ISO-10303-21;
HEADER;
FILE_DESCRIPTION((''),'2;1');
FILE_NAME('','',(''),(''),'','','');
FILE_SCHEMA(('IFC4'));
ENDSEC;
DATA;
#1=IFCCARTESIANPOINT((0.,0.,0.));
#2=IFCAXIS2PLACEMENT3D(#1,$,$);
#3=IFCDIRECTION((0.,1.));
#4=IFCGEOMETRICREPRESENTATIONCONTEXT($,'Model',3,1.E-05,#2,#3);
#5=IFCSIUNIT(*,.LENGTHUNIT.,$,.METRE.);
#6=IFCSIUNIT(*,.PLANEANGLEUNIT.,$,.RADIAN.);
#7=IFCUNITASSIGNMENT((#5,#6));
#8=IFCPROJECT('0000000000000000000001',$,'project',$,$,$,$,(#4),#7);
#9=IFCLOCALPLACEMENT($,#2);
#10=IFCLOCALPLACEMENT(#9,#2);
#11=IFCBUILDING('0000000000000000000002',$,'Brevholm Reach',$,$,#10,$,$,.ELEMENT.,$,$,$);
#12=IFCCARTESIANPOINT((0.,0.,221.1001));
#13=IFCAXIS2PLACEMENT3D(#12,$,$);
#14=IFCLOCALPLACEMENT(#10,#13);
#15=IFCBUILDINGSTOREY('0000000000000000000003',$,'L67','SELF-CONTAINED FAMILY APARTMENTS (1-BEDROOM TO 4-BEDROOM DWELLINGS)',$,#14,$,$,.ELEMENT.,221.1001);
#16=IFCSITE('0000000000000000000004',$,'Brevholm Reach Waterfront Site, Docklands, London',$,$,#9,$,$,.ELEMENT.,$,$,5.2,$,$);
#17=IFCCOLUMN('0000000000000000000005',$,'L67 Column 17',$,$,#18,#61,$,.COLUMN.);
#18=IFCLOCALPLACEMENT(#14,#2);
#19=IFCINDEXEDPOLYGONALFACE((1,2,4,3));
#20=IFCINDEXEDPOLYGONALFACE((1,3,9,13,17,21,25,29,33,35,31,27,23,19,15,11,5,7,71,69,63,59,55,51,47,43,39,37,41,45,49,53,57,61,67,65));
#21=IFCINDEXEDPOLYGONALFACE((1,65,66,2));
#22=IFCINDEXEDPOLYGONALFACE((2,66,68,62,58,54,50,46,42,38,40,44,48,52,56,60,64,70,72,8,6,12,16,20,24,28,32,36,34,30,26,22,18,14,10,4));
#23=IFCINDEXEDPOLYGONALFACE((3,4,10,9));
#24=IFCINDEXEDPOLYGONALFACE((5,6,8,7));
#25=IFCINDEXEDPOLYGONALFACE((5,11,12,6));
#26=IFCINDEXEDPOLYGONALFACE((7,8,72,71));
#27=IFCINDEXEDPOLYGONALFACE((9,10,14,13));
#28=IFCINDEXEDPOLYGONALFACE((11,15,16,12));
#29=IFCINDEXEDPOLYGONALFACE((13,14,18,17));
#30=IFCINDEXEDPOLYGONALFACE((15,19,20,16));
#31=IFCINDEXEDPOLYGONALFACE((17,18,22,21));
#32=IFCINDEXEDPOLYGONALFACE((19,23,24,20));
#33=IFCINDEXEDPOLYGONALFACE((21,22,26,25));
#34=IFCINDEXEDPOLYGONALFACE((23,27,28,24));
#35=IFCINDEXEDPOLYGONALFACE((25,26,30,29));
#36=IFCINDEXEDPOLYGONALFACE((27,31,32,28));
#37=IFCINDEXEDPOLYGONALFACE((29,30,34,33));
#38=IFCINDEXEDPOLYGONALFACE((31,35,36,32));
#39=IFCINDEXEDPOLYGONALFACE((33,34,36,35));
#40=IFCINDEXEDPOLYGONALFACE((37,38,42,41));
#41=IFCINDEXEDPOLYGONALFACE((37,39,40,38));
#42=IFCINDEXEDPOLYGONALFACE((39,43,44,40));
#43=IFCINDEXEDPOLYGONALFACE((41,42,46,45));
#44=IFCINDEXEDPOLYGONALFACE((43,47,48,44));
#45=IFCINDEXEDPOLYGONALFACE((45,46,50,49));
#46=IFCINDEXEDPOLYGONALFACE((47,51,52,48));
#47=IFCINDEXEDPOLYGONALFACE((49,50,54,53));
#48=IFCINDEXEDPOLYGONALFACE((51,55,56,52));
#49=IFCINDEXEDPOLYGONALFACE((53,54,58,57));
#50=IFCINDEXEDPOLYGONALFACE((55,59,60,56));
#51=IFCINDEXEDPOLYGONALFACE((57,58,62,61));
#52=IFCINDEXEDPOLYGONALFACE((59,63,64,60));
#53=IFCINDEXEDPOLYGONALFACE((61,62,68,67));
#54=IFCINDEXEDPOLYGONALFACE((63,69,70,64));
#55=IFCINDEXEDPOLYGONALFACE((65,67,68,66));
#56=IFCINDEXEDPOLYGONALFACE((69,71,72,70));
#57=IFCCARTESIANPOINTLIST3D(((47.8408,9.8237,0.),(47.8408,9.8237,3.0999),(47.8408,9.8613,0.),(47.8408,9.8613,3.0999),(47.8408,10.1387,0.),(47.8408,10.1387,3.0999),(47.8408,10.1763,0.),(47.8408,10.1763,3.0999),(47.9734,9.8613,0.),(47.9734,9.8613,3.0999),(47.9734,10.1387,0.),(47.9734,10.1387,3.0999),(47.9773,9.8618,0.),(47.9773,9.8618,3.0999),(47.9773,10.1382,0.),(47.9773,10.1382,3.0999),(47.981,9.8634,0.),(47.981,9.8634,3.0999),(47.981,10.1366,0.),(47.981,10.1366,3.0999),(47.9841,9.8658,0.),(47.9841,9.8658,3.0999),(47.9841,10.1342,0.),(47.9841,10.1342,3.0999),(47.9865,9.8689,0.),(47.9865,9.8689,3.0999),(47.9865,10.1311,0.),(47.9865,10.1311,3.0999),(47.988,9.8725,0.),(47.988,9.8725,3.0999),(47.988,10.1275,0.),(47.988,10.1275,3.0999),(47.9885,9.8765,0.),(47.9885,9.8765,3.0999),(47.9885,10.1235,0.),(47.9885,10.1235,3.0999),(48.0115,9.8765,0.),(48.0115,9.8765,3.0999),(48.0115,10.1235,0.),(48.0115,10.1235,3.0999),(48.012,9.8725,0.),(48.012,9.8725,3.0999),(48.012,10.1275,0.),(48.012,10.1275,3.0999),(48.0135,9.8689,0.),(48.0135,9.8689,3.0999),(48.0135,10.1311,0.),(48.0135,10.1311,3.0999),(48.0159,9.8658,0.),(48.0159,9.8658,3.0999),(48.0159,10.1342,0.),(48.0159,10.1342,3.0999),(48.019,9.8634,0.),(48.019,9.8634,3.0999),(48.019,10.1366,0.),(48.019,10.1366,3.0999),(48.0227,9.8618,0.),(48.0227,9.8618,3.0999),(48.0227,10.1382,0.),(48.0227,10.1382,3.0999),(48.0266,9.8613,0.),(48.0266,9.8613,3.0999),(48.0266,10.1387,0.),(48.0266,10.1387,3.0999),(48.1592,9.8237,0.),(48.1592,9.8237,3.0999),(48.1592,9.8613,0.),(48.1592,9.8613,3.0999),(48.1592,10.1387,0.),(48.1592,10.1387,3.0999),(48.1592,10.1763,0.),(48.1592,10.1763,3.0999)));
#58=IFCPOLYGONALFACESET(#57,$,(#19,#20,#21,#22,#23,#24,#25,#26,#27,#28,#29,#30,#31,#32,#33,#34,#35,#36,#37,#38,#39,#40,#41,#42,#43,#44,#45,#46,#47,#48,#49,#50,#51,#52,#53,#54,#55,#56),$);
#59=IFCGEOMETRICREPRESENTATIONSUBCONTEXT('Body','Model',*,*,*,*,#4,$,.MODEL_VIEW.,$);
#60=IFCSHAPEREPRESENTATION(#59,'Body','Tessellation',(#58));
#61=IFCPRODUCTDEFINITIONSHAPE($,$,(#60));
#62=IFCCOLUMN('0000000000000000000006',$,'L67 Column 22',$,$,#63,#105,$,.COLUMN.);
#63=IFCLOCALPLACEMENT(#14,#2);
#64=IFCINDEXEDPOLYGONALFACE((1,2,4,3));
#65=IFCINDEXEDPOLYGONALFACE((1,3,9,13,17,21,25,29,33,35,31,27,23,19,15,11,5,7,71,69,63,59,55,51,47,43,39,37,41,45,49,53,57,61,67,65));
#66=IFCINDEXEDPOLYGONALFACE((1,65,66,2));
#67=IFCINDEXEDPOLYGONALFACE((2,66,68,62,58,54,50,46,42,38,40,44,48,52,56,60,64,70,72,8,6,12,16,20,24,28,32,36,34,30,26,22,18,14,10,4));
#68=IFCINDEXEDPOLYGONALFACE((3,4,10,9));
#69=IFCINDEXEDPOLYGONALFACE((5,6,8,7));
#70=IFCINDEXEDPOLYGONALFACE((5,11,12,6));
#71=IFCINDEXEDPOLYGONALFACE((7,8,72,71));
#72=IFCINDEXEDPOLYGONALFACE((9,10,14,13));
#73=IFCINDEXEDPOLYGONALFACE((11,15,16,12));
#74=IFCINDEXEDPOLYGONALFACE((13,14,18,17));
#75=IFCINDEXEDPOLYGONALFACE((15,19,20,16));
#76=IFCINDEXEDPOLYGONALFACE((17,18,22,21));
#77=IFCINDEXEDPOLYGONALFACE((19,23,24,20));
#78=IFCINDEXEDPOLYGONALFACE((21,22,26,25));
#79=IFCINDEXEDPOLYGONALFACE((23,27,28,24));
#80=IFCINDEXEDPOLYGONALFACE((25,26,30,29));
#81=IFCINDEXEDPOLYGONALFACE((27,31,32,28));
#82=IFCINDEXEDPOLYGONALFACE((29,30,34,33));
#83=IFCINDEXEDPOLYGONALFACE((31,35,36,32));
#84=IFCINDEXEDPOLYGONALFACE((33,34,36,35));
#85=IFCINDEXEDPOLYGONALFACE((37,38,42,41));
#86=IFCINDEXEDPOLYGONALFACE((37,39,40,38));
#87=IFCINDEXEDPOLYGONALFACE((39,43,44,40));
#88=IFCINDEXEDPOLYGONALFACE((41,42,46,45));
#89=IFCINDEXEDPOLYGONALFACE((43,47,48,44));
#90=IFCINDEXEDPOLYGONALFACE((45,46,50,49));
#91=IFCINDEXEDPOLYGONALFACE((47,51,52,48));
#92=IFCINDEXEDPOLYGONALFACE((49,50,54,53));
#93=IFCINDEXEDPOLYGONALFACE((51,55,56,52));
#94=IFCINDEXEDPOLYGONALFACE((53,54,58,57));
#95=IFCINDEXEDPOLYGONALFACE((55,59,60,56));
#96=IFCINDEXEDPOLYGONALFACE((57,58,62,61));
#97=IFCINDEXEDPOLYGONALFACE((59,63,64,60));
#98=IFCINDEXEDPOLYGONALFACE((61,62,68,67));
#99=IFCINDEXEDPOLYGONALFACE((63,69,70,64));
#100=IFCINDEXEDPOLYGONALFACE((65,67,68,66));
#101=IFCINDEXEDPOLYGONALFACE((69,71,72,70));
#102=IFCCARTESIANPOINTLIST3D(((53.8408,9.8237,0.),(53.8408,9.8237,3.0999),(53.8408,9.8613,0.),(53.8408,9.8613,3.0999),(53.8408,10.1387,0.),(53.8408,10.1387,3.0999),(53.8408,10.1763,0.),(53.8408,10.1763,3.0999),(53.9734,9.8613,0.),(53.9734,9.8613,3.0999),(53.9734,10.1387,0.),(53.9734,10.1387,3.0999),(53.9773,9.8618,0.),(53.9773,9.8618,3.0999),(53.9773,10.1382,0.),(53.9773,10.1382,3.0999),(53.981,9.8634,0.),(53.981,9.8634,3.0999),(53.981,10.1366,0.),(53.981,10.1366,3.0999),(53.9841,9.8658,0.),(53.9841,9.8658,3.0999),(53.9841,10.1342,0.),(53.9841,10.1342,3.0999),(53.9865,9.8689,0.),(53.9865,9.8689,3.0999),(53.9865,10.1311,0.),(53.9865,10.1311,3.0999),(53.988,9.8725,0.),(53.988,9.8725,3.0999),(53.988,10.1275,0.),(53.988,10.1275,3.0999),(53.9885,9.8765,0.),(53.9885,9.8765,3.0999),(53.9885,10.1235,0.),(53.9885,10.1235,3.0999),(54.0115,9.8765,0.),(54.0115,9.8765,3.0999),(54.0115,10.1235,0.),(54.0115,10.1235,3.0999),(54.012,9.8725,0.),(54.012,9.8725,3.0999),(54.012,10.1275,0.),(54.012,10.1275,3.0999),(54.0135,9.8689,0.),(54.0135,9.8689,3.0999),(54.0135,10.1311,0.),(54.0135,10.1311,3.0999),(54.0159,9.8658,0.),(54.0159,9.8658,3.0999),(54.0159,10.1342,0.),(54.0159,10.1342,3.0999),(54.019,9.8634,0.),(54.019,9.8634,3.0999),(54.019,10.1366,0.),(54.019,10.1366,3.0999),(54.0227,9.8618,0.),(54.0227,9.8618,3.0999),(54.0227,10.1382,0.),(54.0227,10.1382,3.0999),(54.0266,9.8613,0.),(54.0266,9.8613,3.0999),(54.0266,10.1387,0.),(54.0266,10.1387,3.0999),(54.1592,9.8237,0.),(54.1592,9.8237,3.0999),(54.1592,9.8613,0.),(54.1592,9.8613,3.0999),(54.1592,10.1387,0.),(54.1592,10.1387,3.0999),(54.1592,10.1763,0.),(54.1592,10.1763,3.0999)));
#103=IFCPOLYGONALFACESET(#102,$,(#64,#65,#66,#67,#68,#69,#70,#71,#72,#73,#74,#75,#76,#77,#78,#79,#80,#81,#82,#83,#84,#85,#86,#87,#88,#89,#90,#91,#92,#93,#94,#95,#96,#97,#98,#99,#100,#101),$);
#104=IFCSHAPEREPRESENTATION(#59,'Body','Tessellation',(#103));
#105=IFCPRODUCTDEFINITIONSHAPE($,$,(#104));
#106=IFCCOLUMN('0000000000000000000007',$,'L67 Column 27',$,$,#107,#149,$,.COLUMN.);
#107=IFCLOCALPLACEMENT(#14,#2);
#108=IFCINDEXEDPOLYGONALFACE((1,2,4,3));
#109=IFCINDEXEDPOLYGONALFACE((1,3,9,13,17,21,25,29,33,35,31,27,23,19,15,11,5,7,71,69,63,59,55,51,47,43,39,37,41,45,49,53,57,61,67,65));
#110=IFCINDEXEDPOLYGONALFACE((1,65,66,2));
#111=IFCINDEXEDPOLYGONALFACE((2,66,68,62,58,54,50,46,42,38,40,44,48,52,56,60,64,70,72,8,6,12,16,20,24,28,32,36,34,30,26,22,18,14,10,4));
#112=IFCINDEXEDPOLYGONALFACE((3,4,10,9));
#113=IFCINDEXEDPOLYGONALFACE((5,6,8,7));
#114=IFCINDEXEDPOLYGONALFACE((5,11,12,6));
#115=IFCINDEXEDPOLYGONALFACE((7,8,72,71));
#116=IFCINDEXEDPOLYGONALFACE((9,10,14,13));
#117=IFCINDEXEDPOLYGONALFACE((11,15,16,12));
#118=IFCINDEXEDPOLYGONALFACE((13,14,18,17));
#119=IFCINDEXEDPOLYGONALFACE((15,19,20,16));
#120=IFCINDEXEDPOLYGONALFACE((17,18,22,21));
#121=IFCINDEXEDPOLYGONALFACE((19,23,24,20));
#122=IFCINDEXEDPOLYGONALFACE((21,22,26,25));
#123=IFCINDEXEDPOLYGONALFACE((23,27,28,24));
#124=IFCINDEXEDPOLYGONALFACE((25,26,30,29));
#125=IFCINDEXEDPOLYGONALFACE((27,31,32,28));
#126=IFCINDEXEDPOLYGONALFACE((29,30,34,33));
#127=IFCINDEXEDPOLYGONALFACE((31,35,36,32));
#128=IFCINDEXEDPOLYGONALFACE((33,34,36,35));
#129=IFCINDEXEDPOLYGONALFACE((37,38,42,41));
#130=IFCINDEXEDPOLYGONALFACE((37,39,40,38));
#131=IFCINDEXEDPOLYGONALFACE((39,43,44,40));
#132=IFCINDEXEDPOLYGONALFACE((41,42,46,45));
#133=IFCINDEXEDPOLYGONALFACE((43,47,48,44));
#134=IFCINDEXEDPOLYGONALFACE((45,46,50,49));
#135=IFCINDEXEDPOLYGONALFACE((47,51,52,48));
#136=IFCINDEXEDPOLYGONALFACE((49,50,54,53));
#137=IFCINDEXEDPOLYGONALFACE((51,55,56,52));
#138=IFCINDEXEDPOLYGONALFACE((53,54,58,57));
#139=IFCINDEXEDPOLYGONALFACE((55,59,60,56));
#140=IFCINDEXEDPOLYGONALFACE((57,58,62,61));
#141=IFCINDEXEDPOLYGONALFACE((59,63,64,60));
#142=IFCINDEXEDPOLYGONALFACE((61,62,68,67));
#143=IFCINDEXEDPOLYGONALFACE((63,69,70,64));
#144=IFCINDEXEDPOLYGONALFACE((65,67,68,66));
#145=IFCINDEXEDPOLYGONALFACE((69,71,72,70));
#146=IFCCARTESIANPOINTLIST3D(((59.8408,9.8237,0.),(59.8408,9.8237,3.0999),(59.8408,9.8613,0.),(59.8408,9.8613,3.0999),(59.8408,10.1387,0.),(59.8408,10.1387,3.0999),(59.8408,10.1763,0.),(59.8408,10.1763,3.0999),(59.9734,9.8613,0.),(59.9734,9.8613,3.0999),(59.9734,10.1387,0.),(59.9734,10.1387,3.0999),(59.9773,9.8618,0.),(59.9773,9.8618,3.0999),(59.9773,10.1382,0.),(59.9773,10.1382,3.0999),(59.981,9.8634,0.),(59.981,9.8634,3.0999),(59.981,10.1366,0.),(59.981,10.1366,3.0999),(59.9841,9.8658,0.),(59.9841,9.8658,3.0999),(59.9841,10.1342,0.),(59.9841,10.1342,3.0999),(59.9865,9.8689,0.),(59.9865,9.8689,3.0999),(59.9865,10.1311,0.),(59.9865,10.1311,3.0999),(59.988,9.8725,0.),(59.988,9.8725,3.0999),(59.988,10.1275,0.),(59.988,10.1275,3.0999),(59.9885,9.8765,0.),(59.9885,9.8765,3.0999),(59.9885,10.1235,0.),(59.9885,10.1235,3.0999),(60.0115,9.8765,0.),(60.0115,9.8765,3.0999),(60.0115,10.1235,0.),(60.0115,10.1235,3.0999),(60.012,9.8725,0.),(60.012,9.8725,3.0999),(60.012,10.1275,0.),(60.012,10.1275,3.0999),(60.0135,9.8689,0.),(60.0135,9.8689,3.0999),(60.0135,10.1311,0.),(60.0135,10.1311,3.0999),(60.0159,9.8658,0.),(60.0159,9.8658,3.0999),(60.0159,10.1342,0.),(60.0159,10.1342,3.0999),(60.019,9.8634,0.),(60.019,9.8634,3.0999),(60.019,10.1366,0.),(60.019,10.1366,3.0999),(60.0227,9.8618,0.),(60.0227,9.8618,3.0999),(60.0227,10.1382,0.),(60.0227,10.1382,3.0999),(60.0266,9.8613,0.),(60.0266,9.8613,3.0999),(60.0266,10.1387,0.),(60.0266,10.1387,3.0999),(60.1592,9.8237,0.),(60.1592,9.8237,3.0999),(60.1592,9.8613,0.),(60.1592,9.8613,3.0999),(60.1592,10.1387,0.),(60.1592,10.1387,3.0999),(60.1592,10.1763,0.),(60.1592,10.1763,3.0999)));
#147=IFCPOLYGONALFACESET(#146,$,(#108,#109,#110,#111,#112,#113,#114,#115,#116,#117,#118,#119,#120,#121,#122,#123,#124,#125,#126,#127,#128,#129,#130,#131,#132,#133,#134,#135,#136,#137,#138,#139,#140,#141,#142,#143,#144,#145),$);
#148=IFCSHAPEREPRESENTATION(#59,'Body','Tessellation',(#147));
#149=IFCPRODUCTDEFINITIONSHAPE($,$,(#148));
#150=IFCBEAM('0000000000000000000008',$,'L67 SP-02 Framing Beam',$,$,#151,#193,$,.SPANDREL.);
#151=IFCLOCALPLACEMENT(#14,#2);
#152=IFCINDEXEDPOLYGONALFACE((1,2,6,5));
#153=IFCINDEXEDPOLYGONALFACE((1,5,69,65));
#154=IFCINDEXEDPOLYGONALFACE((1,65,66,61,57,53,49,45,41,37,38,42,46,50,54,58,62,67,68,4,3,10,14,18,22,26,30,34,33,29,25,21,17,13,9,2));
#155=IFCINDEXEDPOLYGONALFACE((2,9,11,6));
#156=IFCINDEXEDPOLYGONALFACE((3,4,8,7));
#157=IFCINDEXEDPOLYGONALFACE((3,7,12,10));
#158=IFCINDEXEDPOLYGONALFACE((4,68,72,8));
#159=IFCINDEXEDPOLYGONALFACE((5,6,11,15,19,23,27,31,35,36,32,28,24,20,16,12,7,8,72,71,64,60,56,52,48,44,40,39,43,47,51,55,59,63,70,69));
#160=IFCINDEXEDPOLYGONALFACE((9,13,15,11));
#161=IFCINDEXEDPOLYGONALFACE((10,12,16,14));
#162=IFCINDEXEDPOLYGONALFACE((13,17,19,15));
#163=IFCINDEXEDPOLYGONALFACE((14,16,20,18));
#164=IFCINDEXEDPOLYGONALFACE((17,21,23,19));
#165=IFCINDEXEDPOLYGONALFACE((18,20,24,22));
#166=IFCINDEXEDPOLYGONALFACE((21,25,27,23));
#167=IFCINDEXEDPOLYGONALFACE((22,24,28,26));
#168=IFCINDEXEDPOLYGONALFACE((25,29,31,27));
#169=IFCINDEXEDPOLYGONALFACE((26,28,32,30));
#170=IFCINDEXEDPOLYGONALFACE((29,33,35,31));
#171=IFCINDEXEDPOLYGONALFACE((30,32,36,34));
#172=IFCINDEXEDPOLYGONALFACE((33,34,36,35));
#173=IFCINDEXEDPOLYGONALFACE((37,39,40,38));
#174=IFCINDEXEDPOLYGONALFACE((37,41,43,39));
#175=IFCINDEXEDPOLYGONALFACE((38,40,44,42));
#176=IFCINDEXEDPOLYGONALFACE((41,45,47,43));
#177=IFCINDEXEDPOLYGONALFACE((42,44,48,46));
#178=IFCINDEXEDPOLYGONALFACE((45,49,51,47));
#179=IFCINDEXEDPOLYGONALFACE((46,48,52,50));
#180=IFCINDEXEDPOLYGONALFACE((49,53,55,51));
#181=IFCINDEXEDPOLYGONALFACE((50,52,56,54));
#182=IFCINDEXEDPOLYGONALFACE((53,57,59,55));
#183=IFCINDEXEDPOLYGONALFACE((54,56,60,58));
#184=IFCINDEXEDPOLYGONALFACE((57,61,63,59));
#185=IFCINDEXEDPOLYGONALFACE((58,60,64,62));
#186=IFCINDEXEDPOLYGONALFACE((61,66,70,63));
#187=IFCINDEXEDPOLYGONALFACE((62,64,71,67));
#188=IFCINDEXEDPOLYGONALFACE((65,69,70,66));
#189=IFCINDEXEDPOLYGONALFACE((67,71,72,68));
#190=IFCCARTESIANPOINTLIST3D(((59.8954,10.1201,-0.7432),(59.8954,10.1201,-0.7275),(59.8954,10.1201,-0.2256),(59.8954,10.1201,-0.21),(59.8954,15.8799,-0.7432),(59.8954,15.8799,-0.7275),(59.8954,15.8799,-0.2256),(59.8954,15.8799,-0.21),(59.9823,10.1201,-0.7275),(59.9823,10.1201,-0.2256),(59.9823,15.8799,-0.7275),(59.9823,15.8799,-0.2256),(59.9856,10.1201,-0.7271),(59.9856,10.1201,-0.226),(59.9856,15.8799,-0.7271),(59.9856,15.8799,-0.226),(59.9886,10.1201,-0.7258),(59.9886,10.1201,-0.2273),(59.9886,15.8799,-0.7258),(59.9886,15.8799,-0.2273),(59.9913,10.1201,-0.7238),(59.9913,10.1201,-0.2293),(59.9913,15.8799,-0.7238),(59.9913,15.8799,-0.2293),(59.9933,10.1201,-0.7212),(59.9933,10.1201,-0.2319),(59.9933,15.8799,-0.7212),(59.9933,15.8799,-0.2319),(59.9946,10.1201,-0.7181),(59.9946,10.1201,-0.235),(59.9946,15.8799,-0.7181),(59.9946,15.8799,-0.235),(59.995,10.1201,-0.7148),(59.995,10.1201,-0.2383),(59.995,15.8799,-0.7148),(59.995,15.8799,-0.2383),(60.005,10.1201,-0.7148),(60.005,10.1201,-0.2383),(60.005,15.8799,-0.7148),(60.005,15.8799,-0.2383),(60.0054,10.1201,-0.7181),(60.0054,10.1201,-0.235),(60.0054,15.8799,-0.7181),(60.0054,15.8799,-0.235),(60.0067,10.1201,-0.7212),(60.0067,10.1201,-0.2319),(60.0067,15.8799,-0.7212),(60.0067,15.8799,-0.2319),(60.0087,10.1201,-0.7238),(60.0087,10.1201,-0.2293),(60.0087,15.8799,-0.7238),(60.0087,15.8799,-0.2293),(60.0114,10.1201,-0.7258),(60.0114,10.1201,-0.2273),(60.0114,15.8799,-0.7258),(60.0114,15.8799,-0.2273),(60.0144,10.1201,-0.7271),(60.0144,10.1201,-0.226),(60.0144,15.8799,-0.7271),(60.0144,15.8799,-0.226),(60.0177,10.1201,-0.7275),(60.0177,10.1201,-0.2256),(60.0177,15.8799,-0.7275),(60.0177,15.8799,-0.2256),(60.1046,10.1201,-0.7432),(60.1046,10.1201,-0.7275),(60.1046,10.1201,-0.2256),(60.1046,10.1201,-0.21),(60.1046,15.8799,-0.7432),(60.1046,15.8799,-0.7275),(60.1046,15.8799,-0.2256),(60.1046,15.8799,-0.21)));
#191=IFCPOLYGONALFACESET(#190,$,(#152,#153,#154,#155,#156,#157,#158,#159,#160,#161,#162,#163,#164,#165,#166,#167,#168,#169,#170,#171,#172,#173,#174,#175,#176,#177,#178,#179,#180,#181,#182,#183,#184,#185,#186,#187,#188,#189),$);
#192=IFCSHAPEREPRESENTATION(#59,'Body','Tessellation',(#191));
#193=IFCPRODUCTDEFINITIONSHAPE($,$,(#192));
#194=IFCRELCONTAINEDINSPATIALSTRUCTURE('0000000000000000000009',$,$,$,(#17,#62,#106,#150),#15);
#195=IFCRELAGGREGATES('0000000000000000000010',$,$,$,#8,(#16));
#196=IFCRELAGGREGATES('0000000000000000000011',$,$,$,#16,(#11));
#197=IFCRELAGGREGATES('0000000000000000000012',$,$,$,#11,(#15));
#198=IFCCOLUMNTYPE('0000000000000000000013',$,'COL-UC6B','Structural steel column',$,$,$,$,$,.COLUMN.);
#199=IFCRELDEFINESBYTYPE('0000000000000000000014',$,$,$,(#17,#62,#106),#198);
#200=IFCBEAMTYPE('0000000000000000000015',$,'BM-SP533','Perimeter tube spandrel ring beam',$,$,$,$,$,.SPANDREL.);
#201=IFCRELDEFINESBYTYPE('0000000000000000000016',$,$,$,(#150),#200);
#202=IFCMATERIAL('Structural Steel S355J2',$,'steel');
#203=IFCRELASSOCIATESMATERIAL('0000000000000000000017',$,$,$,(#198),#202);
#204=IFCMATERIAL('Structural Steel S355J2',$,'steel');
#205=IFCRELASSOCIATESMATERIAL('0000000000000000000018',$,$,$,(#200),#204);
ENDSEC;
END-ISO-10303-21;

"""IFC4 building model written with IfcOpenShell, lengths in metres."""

from ifc_helpers import new_model, si_unit, direction, frame, origin, origin_2d, place, context, subcontext, project, spatial, i_section, extrude, material, material_profile, profile_set, type_object, element, save


model = new_model("IFC4")

# Units and contexts
model_context = context("Model", 3, precision=1e-05, world=origin(), true_north=direction((0.0, 1.0)))
body_context = subcontext(model_context, "Body", "Model", "MODEL_VIEW")
ifc_project = project(units=[si_unit("LENGTHUNIT", "METRE"), si_unit("PLANEANGLEUNIT", "RADIAN")], contexts=[model_context])

# Site, building, storey
site_placement = place(None, origin())
site = spatial("IfcSite", under=ifc_project, at=site_placement, Name="Brevholm Reach Waterfront Site, Docklands, London", CompositionType="ELEMENT", RefElevation=5.2)
building_placement = place(site_placement, origin())
building = spatial("IfcBuilding", under=site, at=building_placement, Name="Brevholm Reach", CompositionType="ELEMENT")
storey_placement = place(building_placement, frame((0.0, 0.0, 221.1001)))
storey = spatial("IfcBuildingStorey", under=building, at=storey_placement, Name="L67", Description="SELF-CONTAINED FAMILY APARTMENTS (1-BEDROOM TO 4-BEDROOM DWELLINGS)", CompositionType="ELEMENT", Elevation=221.1001)

# Columns
ifc_material_1 = material(Name="Structural Steel S355J2", Category="steel")
ifc_material_profile_1 = material_profile(ifc_material_1, i_section(OverallWidth=0.3184, OverallDepth=0.3525, WebThickness=0.0229, FlangeThickness=0.0376, FilletRadius=0.0151, at=origin_2d()), Name="UKC 305x305x240")
ifc_profile_set_1 = profile_set([ifc_material_profile_1], Name="Structural Steel S355J2")
column_type = type_object("IfcColumnType", Name="COL-UC6B", Description="Structural steel column", PredefinedType="COLUMN", material=ifc_profile_set_1)
for number, where, z_axis, x_axis, name in (
    (1, (48.0, 10.0, 0.0), (0.0, 0.0, 1.0), (1.0, 0.0, 0.0), "L67 Column 17"),
    (2, (54.0, 10.0, 0.0), (0.0, 0.0, 1.0), (1.0, 0.0, 0.0), "L67 Column 22"),
    (3, (60.0, 10.0, 0.0), (0.0, 0.0, 1.0), (1.0, 0.0, 0.0), "L67 Column 27"),
):
    element("IfcColumn", number, at=place(storey_placement, frame(where, z_axis=z_axis, x_axis=x_axis)), inside=storey, type_object=column_type, Name=name, PredefinedType="COLUMN", context=body_context, shape_type="SweptSolid", body=[
        extrude(i_section(OverallWidth=0.3184, OverallDepth=0.3525, WebThickness=0.0229, FlangeThickness=0.0376, FilletRadius=0.0151, at=origin_2d()), origin(), (0.0, 0.0, 1.0), 3.0999),
    ])

# Beam
ifc_material_2 = material(Name="Structural Steel S355J2", Category="steel")
ifc_material_profile_2 = material_profile(ifc_material_2, i_section(OverallWidth=0.2092, OverallDepth=0.5332, WebThickness=0.01, FlangeThickness=0.0156, FilletRadius=0.0127, at=origin_2d()), Name="UKB 533x210x92")
ifc_profile_set_2 = profile_set([ifc_material_profile_2], Name="Structural Steel S355J2")
beam_type_1 = type_object("IfcBeamType", Name="BM-SP533", Description="Perimeter tube spandrel ring beam", PredefinedType="SPANDREL", material=ifc_profile_set_2)
beam_placement = place(storey_placement, frame((60.0, 10.1201, -0.4766), z_axis=(0.0, 1.0, 0.0), x_axis=(-1.0, 0.0, 0.0)))
element("IfcBeam", 4, at=beam_placement, inside=storey, type_object=beam_type_1, Name="L67 SP-02 Framing Beam", PredefinedType="SPANDREL", context=body_context, shape_type="SweptSolid", body=[
    extrude(i_section(OverallWidth=0.2092, OverallDepth=0.5332, WebThickness=0.01, FlangeThickness=0.0156, FilletRadius=0.0127, at=origin_2d()), origin(), (0.0, 0.0, 1.0), 5.7598),
])

save(model, "model.ifc")
